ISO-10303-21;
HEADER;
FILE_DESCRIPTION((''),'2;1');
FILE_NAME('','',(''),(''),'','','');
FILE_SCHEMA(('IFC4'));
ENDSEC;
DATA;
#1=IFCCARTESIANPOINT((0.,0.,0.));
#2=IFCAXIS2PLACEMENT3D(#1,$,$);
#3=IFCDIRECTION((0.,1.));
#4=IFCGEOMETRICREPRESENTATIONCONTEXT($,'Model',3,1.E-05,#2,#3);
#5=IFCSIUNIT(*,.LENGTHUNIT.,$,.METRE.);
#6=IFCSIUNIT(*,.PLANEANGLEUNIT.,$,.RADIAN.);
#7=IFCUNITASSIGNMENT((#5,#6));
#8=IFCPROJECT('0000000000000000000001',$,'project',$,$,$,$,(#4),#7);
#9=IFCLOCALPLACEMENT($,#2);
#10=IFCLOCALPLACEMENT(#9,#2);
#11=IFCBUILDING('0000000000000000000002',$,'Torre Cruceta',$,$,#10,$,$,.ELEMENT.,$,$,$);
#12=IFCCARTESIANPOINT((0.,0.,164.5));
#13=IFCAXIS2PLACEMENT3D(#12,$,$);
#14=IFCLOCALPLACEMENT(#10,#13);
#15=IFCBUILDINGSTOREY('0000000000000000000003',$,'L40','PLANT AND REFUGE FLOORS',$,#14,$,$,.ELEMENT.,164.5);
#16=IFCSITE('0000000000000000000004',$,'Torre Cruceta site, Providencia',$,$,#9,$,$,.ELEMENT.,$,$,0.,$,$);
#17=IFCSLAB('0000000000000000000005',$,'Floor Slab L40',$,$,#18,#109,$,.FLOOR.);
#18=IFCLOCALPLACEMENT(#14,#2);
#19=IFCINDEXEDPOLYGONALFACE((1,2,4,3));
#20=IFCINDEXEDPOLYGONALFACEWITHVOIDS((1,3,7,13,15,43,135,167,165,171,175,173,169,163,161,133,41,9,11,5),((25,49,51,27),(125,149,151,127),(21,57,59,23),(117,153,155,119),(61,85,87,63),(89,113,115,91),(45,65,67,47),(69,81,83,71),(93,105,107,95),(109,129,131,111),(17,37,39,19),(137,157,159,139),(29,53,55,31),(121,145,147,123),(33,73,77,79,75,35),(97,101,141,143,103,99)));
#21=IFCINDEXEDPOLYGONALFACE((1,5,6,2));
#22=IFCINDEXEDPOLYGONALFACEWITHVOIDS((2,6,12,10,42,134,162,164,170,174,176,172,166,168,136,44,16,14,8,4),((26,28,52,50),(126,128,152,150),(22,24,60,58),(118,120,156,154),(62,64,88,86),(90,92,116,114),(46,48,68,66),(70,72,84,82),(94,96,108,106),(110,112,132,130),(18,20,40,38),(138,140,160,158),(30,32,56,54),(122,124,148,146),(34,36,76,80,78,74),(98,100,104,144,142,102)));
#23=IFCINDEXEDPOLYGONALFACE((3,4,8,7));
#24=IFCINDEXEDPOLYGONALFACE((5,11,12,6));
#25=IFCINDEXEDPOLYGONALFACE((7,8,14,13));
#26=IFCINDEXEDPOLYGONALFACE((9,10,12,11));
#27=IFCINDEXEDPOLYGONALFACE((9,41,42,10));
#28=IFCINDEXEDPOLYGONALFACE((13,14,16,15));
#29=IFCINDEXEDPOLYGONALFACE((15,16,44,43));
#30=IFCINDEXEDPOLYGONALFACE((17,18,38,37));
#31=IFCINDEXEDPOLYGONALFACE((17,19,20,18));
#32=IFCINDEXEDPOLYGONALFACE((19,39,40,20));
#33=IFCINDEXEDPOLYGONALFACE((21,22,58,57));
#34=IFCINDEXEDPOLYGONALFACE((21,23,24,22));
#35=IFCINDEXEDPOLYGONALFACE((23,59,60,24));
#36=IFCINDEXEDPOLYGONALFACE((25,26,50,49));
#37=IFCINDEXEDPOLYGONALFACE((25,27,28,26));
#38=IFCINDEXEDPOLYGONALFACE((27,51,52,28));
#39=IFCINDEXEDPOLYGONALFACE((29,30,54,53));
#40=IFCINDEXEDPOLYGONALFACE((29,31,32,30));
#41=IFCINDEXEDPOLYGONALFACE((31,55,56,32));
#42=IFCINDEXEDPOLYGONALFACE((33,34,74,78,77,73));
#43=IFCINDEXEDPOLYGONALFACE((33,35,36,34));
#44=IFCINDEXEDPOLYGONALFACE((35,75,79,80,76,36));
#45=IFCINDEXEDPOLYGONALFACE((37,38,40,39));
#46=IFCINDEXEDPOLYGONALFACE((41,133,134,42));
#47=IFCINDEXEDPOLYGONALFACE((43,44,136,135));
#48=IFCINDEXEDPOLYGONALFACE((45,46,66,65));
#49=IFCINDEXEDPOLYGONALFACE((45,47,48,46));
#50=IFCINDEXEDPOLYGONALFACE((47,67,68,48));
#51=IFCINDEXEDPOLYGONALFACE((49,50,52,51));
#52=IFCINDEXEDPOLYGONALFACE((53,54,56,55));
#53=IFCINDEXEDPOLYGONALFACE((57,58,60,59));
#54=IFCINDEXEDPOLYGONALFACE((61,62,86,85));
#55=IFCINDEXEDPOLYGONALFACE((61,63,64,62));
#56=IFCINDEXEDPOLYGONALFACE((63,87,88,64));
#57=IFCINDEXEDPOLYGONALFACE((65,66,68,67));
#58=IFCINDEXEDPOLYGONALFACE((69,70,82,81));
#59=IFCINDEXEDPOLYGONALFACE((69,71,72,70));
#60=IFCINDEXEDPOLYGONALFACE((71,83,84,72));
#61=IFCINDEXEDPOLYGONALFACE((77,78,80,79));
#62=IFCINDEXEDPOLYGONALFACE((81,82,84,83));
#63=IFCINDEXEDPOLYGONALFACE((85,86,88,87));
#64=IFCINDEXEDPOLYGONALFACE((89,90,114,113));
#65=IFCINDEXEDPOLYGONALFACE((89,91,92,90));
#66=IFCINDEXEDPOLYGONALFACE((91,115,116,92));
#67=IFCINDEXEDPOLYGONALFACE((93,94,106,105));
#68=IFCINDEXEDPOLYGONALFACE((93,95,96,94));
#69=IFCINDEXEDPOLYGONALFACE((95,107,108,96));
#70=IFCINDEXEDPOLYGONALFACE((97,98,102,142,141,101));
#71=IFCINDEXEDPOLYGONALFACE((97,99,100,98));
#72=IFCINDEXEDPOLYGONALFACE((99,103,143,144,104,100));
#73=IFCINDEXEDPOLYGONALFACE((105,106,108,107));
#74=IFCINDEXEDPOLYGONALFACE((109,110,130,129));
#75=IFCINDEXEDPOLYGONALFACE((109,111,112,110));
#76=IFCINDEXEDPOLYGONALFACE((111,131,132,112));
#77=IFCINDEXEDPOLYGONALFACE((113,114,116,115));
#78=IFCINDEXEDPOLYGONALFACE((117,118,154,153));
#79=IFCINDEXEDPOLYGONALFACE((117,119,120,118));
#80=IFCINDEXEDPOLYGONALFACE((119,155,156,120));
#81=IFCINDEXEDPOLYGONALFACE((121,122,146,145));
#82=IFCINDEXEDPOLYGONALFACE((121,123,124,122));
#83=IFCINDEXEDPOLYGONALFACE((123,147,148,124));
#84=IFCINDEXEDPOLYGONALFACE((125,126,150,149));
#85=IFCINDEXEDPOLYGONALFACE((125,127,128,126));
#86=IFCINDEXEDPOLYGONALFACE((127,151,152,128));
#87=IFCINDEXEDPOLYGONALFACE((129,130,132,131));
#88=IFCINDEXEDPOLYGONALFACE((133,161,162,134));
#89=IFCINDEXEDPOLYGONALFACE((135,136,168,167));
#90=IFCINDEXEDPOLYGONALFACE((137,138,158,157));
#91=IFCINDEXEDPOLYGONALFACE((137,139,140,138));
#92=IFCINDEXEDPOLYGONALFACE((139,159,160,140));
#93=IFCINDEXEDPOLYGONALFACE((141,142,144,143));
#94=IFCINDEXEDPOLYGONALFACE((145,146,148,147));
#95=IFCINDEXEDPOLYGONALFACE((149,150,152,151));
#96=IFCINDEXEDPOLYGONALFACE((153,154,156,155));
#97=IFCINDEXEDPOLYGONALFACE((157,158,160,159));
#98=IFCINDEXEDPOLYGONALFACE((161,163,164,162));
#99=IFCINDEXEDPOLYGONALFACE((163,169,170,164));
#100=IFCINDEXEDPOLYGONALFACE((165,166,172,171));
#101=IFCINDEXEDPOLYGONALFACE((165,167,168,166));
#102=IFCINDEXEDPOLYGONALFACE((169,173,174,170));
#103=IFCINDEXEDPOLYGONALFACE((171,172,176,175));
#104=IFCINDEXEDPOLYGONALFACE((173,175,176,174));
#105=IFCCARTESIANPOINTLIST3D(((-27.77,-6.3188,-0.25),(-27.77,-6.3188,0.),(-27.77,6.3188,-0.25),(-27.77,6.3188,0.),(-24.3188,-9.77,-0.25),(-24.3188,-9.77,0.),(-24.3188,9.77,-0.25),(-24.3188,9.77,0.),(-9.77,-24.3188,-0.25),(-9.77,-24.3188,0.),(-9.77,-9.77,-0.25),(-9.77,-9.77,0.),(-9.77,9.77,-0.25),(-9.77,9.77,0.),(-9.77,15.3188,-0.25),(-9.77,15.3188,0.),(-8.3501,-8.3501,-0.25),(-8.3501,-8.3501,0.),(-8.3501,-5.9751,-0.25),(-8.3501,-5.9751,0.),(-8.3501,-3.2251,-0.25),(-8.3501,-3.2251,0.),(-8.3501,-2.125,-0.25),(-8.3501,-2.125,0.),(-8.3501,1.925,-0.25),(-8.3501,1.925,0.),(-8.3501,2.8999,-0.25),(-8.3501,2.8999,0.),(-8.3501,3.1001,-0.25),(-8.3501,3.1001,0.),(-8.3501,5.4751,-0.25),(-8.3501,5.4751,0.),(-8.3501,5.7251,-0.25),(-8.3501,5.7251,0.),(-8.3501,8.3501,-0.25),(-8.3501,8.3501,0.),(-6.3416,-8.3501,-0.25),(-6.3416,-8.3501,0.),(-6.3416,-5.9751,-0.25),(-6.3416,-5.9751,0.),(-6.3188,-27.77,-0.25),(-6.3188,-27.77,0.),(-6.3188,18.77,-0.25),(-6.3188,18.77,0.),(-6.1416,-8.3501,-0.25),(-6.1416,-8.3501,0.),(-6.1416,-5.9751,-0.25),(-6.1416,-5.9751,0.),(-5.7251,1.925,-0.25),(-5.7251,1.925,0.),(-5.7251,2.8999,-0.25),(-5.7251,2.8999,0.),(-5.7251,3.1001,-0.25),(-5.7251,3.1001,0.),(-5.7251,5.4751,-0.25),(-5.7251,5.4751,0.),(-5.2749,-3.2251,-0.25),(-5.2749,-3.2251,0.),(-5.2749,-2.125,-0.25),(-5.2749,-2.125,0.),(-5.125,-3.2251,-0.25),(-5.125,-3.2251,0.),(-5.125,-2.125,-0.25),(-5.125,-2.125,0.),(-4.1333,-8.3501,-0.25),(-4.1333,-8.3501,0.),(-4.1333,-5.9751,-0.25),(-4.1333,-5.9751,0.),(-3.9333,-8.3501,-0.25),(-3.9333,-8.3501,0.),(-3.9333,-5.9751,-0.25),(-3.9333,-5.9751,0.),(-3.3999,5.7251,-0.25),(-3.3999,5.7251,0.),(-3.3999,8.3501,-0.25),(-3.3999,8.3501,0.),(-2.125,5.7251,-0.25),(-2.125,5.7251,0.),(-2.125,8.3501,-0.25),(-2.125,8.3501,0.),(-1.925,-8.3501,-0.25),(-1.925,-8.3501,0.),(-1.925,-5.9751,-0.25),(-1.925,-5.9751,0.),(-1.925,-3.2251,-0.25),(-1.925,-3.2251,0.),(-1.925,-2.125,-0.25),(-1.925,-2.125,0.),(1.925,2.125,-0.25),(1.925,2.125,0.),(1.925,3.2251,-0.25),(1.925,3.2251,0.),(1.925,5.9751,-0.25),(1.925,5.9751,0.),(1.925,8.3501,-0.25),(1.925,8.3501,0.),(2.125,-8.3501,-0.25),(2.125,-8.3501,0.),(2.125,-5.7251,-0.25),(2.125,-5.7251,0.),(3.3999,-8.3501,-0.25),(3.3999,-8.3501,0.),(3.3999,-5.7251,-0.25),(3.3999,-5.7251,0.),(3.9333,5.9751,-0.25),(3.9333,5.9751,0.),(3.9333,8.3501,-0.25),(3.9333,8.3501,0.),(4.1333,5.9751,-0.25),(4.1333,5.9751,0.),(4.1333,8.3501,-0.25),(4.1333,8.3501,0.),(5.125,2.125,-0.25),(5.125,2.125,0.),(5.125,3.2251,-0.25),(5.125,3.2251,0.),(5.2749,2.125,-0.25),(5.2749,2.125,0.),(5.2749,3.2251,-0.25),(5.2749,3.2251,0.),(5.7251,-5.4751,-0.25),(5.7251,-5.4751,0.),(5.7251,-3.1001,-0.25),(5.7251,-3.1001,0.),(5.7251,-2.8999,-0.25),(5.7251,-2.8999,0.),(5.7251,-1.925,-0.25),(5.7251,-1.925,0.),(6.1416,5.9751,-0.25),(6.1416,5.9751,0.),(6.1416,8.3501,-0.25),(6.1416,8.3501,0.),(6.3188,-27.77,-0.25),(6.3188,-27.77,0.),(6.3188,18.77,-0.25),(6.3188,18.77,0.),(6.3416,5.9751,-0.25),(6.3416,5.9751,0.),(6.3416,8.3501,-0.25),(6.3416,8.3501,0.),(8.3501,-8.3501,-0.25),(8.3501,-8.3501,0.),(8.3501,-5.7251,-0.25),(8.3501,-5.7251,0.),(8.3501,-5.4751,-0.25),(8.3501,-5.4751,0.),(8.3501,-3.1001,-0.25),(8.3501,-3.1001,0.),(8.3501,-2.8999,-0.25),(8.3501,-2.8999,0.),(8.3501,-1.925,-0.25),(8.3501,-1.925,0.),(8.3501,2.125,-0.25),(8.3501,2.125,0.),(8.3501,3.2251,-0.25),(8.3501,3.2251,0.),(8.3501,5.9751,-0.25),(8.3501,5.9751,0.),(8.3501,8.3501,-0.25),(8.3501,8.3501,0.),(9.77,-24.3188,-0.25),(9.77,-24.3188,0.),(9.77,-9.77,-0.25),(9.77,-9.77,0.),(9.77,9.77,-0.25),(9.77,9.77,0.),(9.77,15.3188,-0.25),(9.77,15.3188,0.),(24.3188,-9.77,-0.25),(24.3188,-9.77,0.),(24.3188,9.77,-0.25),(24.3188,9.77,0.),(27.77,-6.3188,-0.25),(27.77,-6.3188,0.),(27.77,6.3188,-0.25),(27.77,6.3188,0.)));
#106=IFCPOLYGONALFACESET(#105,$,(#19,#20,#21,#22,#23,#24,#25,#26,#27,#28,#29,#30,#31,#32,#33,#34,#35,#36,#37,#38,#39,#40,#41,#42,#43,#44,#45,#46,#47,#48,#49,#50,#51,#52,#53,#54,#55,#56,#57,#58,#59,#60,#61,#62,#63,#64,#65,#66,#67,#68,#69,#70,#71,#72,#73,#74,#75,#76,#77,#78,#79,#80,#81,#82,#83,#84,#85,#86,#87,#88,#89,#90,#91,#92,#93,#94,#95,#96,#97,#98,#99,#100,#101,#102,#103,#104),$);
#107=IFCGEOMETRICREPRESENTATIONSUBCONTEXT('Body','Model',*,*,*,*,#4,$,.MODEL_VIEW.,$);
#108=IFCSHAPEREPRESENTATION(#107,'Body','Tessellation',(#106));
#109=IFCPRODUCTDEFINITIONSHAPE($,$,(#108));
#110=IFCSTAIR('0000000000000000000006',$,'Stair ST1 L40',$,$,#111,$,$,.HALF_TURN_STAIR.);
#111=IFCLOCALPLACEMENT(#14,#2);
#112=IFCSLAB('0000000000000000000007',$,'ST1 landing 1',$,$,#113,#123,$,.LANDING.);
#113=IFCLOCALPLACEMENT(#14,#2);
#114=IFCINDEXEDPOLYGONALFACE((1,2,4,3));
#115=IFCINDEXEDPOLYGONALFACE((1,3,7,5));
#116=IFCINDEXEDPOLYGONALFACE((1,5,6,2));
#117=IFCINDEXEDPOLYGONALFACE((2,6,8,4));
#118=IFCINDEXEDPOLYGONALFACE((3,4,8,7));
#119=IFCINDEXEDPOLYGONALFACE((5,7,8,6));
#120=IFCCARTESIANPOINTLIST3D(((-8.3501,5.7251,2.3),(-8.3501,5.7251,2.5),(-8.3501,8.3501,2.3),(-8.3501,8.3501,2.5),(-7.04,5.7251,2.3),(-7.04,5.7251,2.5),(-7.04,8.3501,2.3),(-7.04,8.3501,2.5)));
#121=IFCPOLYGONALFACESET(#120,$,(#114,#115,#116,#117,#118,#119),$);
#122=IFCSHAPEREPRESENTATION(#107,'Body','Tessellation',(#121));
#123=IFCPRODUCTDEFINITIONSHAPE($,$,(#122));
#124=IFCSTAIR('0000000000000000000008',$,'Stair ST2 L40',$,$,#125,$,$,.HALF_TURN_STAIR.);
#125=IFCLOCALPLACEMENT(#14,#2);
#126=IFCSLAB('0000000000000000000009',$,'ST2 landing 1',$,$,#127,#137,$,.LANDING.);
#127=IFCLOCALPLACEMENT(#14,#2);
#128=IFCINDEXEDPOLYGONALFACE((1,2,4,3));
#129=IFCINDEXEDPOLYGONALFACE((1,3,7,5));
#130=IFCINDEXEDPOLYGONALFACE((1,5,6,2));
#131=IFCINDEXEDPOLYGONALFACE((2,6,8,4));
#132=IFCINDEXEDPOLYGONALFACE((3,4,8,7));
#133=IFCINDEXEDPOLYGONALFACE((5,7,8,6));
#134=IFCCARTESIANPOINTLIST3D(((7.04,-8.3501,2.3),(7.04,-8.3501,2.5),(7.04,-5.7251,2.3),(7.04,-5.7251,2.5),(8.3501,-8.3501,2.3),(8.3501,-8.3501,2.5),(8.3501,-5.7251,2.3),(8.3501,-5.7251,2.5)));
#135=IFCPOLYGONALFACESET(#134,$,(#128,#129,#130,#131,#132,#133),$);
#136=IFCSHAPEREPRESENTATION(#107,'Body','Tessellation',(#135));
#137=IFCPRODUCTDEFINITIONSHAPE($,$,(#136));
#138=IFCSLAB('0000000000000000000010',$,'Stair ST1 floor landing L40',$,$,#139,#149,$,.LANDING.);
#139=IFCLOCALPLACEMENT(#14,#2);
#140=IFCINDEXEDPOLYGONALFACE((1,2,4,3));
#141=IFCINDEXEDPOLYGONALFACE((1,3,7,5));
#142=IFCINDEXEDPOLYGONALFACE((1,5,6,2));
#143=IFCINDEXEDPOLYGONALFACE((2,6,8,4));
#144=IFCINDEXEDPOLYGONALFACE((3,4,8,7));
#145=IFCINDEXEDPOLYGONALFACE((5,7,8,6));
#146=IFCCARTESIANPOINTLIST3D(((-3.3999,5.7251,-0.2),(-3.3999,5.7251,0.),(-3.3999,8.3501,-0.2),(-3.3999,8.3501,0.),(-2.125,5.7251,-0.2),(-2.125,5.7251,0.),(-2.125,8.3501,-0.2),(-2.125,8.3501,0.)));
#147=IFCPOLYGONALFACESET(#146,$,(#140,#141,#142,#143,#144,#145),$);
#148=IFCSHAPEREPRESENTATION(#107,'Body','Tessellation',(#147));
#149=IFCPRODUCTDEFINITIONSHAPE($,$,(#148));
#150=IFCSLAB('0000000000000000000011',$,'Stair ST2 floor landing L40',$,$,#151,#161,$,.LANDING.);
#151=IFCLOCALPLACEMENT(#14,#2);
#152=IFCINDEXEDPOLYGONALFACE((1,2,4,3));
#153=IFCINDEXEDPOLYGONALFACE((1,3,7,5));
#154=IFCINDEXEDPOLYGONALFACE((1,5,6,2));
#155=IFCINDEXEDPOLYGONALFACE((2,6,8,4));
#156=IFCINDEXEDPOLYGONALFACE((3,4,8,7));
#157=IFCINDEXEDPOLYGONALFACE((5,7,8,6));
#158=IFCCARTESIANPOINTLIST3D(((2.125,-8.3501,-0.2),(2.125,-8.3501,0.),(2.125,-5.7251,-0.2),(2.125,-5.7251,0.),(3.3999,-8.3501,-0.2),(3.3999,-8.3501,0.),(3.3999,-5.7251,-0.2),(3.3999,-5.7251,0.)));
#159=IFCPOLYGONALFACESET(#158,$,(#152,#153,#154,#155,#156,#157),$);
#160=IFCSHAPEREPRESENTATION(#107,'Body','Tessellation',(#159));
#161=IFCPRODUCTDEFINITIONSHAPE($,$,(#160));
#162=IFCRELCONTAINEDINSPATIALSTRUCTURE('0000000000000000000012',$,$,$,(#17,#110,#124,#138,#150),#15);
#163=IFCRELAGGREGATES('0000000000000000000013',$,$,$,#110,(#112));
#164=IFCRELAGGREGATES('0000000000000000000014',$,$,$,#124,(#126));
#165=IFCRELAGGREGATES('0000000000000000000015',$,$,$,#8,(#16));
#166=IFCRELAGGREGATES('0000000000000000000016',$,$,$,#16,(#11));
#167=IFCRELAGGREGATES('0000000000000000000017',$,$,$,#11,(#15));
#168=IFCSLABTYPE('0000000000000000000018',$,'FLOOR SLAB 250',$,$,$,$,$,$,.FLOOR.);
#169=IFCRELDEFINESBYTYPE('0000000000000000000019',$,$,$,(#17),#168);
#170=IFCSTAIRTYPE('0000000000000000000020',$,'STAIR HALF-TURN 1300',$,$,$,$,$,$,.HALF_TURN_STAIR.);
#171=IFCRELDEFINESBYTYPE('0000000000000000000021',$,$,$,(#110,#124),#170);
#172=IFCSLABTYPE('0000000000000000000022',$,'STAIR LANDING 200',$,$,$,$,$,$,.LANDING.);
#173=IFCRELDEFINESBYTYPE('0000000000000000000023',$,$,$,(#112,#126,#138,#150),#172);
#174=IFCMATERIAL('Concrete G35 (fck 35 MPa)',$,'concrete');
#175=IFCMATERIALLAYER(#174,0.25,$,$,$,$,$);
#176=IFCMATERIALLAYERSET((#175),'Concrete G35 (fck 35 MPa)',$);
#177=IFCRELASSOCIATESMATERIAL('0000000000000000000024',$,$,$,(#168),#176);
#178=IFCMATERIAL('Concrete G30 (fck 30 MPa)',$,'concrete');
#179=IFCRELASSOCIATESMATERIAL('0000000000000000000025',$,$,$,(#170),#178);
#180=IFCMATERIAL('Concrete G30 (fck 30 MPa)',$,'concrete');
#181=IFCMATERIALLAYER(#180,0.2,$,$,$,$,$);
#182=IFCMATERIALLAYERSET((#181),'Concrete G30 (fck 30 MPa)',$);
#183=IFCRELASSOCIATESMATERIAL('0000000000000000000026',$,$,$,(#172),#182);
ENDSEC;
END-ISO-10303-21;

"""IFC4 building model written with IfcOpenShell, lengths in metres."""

from ifc_helpers import new_model, si_unit, direction, frame, origin, place, context, subcontext, project, spatial, polyline, outline, extrude, material, layer, layer_set, type_object, element, aggregate, save


model = new_model("IFC4")

# Units and contexts
model_context = context("Model", 3, precision=1e-05, world=origin(), true_north=direction((0.0, 1.0)))
body_context = subcontext(model_context, "Body", "Model", "MODEL_VIEW")
ifc_project = project(units=[si_unit("LENGTHUNIT", "METRE"), si_unit("PLANEANGLEUNIT", "RADIAN")], contexts=[model_context])

# Site, building, storey
site_placement = place(None, origin())
site = spatial("IfcSite", under=ifc_project, at=site_placement, Name="Torre Cruceta site, Providencia", CompositionType="ELEMENT", RefElevation=0.0)
building_placement = place(site_placement, origin())
building = spatial("IfcBuilding", under=site, at=building_placement, Name="Torre Cruceta", CompositionType="ELEMENT")
storey_placement = place(building_placement, frame((0.0, 0.0, 164.5)))
storey = spatial("IfcBuildingStorey", under=building, at=storey_placement, Name="L40", Description="PLANT AND REFUGE FLOORS", CompositionType="ELEMENT", Elevation=164.5)

# Slab
ifc_material_1 = material(Name="Concrete G35 (fck 35 MPa)", Category="concrete")
ifc_layer_1 = layer(ifc_material_1, 0.25)
ifc_layer_set_1 = layer_set([ifc_layer_1], Name="Concrete G35 (fck 35 MPa)")
slab_type_1 = type_object("IfcSlabType", Name="FLOOR SLAB 250", PredefinedType="FLOOR", material=ifc_layer_set_1)
slab_1_placement = place(storey_placement, frame((0.0, 0.0, -0.25)))
element("IfcSlab", 1, at=slab_1_placement, inside=storey, type_object=slab_type_1, Name="Floor Slab L40", PredefinedType="FLOOR", context=body_context, shape_type="SweptSolid", body=[
    extrude(outline(polyline([(9.77, -9.77), (9.77, -24.3188), (6.3188, -27.77), (-6.3188, -27.77), (-9.77, -24.3188), (-9.77, -9.77), (-24.3188, -9.77), (-27.77, -6.3188), (-27.77, 6.3188), (-24.3188, 9.77), (-9.77, 9.77), (-9.77, 15.3188), (-6.3188, 18.77), (6.3188, 18.77), (9.77, 15.3188), (9.77, 9.77), (24.3188, 9.77), (27.77, 6.3188), (27.77, -6.3188), (24.3188, -9.77), (9.77, -9.77)]), holes=[polyline([(1.925, 5.9751), (3.9333, 5.9751), (3.9333, 8.3501), (1.925, 8.3501), (1.925, 5.9751)]), polyline([(4.1333, 5.9751), (6.1416, 5.9751), (6.1416, 8.3501), (4.1333, 8.3501), (4.1333, 5.9751)]), polyline([(6.3416, 5.9751), (8.3501, 5.9751), (8.3501, 8.3501), (6.3416, 8.3501), (6.3416, 5.9751)]), polyline([(1.925, 2.125), (5.125, 2.125), (5.125, 3.2251), (1.925, 3.2251), (1.925, 2.125)]), polyline([(5.2749, 2.125), (8.3501, 2.125), (8.3501, 3.2251), (5.2749, 3.2251), (5.2749, 2.125)]), polyline([(-8.3501, 3.1001), (-5.7251, 3.1001), (-5.7251, 5.4751), (-8.3501, 5.4751), (-8.3501, 3.1001)]), polyline([(-8.3501, 1.925), (-5.7251, 1.925), (-5.7251, 2.8999), (-8.3501, 2.8999), (-8.3501, 1.925)]), polyline([(-3.9333, -8.3501), (-1.925, -8.3501), (-1.925, -5.9751), (-3.9333, -5.9751), (-3.9333, -8.3501)]), polyline([(-6.1416, -8.3501), (-4.1333, -8.3501), (-4.1333, -5.9751), (-6.1416, -5.9751), (-6.1416, -8.3501)]), polyline([(-8.3501, -8.3501), (-6.3416, -8.3501), (-6.3416, -5.9751), (-8.3501, -5.9751), (-8.3501, -8.3501)]), polyline([(-5.125, -3.2251), (-1.925, -3.2251), (-1.925, -2.125), (-5.125, -2.125), (-5.125, -3.2251)]), polyline([(-8.3501, -3.2251), (-5.2749, -3.2251), (-5.2749, -2.125), (-8.3501, -2.125), (-8.3501, -3.2251)]), polyline([(5.7251, -5.4751), (8.3501, -5.4751), (8.3501, -3.1001), (5.7251, -3.1001), (5.7251, -5.4751)]), polyline([(5.7251, -2.8999), (8.3501, -2.8999), (8.3501, -1.925), (5.7251, -1.925), (5.7251, -2.8999)]), polyline([(-8.3501, 5.7251), (-8.3501, 8.3501), (-3.3999, 8.3501), (-2.125, 8.3501), (-2.125, 5.7251), (-3.3999, 5.7251), (-8.3501, 5.7251)]), polyline([(2.125, -5.7251), (3.3999, -5.7251), (8.3501, -5.7251), (8.3501, -8.3501), (3.3999, -8.3501), (2.125, -8.3501), (2.125, -5.7251)])]), origin(), (0.0, 0.0, 1.0), 0.25),
])

# Stairs, slabs
ifc_material_2 = material(Name="Concrete G30 (fck 30 MPa)", Category="concrete")
stair_type = type_object("IfcStairType", Name="STAIR HALF-TURN 1300", PredefinedType="HALF_TURN_STAIR", material=ifc_material_2)
stair_1_placement = place(storey_placement, origin())
stair_1 = element("IfcStair", 2, at=stair_1_placement, inside=storey, type_object=stair_type, Name="Stair ST1 L40", PredefinedType="HALF_TURN_STAIR")
ifc_material_3 = material(Name="Concrete G30 (fck 30 MPa)", Category="concrete")
ifc_layer_2 = layer(ifc_material_3, 0.2)
ifc_layer_set_2 = layer_set([ifc_layer_2], Name="Concrete G30 (fck 30 MPa)")
slab_type_2 = type_object("IfcSlabType", Name="STAIR LANDING 200", PredefinedType="LANDING", material=ifc_layer_set_2)
slab_2_placement = place(storey_placement, frame((0.0, 0.0, 2.3)))
slab_2 = element("IfcSlab", 3, at=slab_2_placement, type_object=slab_type_2, Name="ST1 landing 1", PredefinedType="LANDING", context=body_context, shape_type="SweptSolid", body=[
    extrude(outline(polyline([(-8.3501, 5.7251), (-7.04, 5.7251), (-7.04, 8.3501), (-8.3501, 8.3501), (-8.3501, 5.7251)])), origin(), (0.0, 0.0, 1.0), 0.2),
])
aggregate(stair_1, [slab_2])
stair_2_placement = place(storey_placement, origin())
stair_2 = element("IfcStair", 4, at=stair_2_placement, inside=storey, type_object=stair_type, Name="Stair ST2 L40", PredefinedType="HALF_TURN_STAIR")
slab_3_placement = place(storey_placement, frame((0.0, 0.0, 2.3)))
slab_3 = element("IfcSlab", 5, at=slab_3_placement, type_object=slab_type_2, Name="ST2 landing 1", PredefinedType="LANDING", context=body_context, shape_type="SweptSolid", body=[
    extrude(outline(polyline([(7.04, -8.3501), (8.3501, -8.3501), (8.3501, -5.7251), (7.04, -5.7251), (7.04, -8.3501)])), origin(), (0.0, 0.0, 1.0), 0.2),
])
aggregate(stair_2, [slab_3])

# Slabs
slab_4_placement = place(storey_placement, frame((0.0, 0.0, -0.2)))
element("IfcSlab", 6, at=slab_4_placement, inside=storey, type_object=slab_type_2, Name="Stair ST1 floor landing L40", PredefinedType="LANDING", context=body_context, shape_type="SweptSolid", body=[
    extrude(outline(polyline([(-2.125, 8.3501), (-2.125, 5.7251), (-3.3999, 5.7251), (-3.3999, 8.3501), (-2.125, 8.3501)])), origin(), (0.0, 0.0, 1.0), 0.2),
])
slab_5_placement = place(storey_placement, frame((0.0, 0.0, -0.2)))
element("IfcSlab", 7, at=slab_5_placement, inside=storey, type_object=slab_type_2, Name="Stair ST2 floor landing L40", PredefinedType="LANDING", context=body_context, shape_type="SweptSolid", body=[
    extrude(outline(polyline([(2.125, -8.3501), (2.125, -5.7251), (3.3999, -5.7251), (3.3999, -8.3501), (2.125, -8.3501)])), origin(), (0.0, 0.0, 1.0), 0.2),
])

save(model, "model.ifc")
